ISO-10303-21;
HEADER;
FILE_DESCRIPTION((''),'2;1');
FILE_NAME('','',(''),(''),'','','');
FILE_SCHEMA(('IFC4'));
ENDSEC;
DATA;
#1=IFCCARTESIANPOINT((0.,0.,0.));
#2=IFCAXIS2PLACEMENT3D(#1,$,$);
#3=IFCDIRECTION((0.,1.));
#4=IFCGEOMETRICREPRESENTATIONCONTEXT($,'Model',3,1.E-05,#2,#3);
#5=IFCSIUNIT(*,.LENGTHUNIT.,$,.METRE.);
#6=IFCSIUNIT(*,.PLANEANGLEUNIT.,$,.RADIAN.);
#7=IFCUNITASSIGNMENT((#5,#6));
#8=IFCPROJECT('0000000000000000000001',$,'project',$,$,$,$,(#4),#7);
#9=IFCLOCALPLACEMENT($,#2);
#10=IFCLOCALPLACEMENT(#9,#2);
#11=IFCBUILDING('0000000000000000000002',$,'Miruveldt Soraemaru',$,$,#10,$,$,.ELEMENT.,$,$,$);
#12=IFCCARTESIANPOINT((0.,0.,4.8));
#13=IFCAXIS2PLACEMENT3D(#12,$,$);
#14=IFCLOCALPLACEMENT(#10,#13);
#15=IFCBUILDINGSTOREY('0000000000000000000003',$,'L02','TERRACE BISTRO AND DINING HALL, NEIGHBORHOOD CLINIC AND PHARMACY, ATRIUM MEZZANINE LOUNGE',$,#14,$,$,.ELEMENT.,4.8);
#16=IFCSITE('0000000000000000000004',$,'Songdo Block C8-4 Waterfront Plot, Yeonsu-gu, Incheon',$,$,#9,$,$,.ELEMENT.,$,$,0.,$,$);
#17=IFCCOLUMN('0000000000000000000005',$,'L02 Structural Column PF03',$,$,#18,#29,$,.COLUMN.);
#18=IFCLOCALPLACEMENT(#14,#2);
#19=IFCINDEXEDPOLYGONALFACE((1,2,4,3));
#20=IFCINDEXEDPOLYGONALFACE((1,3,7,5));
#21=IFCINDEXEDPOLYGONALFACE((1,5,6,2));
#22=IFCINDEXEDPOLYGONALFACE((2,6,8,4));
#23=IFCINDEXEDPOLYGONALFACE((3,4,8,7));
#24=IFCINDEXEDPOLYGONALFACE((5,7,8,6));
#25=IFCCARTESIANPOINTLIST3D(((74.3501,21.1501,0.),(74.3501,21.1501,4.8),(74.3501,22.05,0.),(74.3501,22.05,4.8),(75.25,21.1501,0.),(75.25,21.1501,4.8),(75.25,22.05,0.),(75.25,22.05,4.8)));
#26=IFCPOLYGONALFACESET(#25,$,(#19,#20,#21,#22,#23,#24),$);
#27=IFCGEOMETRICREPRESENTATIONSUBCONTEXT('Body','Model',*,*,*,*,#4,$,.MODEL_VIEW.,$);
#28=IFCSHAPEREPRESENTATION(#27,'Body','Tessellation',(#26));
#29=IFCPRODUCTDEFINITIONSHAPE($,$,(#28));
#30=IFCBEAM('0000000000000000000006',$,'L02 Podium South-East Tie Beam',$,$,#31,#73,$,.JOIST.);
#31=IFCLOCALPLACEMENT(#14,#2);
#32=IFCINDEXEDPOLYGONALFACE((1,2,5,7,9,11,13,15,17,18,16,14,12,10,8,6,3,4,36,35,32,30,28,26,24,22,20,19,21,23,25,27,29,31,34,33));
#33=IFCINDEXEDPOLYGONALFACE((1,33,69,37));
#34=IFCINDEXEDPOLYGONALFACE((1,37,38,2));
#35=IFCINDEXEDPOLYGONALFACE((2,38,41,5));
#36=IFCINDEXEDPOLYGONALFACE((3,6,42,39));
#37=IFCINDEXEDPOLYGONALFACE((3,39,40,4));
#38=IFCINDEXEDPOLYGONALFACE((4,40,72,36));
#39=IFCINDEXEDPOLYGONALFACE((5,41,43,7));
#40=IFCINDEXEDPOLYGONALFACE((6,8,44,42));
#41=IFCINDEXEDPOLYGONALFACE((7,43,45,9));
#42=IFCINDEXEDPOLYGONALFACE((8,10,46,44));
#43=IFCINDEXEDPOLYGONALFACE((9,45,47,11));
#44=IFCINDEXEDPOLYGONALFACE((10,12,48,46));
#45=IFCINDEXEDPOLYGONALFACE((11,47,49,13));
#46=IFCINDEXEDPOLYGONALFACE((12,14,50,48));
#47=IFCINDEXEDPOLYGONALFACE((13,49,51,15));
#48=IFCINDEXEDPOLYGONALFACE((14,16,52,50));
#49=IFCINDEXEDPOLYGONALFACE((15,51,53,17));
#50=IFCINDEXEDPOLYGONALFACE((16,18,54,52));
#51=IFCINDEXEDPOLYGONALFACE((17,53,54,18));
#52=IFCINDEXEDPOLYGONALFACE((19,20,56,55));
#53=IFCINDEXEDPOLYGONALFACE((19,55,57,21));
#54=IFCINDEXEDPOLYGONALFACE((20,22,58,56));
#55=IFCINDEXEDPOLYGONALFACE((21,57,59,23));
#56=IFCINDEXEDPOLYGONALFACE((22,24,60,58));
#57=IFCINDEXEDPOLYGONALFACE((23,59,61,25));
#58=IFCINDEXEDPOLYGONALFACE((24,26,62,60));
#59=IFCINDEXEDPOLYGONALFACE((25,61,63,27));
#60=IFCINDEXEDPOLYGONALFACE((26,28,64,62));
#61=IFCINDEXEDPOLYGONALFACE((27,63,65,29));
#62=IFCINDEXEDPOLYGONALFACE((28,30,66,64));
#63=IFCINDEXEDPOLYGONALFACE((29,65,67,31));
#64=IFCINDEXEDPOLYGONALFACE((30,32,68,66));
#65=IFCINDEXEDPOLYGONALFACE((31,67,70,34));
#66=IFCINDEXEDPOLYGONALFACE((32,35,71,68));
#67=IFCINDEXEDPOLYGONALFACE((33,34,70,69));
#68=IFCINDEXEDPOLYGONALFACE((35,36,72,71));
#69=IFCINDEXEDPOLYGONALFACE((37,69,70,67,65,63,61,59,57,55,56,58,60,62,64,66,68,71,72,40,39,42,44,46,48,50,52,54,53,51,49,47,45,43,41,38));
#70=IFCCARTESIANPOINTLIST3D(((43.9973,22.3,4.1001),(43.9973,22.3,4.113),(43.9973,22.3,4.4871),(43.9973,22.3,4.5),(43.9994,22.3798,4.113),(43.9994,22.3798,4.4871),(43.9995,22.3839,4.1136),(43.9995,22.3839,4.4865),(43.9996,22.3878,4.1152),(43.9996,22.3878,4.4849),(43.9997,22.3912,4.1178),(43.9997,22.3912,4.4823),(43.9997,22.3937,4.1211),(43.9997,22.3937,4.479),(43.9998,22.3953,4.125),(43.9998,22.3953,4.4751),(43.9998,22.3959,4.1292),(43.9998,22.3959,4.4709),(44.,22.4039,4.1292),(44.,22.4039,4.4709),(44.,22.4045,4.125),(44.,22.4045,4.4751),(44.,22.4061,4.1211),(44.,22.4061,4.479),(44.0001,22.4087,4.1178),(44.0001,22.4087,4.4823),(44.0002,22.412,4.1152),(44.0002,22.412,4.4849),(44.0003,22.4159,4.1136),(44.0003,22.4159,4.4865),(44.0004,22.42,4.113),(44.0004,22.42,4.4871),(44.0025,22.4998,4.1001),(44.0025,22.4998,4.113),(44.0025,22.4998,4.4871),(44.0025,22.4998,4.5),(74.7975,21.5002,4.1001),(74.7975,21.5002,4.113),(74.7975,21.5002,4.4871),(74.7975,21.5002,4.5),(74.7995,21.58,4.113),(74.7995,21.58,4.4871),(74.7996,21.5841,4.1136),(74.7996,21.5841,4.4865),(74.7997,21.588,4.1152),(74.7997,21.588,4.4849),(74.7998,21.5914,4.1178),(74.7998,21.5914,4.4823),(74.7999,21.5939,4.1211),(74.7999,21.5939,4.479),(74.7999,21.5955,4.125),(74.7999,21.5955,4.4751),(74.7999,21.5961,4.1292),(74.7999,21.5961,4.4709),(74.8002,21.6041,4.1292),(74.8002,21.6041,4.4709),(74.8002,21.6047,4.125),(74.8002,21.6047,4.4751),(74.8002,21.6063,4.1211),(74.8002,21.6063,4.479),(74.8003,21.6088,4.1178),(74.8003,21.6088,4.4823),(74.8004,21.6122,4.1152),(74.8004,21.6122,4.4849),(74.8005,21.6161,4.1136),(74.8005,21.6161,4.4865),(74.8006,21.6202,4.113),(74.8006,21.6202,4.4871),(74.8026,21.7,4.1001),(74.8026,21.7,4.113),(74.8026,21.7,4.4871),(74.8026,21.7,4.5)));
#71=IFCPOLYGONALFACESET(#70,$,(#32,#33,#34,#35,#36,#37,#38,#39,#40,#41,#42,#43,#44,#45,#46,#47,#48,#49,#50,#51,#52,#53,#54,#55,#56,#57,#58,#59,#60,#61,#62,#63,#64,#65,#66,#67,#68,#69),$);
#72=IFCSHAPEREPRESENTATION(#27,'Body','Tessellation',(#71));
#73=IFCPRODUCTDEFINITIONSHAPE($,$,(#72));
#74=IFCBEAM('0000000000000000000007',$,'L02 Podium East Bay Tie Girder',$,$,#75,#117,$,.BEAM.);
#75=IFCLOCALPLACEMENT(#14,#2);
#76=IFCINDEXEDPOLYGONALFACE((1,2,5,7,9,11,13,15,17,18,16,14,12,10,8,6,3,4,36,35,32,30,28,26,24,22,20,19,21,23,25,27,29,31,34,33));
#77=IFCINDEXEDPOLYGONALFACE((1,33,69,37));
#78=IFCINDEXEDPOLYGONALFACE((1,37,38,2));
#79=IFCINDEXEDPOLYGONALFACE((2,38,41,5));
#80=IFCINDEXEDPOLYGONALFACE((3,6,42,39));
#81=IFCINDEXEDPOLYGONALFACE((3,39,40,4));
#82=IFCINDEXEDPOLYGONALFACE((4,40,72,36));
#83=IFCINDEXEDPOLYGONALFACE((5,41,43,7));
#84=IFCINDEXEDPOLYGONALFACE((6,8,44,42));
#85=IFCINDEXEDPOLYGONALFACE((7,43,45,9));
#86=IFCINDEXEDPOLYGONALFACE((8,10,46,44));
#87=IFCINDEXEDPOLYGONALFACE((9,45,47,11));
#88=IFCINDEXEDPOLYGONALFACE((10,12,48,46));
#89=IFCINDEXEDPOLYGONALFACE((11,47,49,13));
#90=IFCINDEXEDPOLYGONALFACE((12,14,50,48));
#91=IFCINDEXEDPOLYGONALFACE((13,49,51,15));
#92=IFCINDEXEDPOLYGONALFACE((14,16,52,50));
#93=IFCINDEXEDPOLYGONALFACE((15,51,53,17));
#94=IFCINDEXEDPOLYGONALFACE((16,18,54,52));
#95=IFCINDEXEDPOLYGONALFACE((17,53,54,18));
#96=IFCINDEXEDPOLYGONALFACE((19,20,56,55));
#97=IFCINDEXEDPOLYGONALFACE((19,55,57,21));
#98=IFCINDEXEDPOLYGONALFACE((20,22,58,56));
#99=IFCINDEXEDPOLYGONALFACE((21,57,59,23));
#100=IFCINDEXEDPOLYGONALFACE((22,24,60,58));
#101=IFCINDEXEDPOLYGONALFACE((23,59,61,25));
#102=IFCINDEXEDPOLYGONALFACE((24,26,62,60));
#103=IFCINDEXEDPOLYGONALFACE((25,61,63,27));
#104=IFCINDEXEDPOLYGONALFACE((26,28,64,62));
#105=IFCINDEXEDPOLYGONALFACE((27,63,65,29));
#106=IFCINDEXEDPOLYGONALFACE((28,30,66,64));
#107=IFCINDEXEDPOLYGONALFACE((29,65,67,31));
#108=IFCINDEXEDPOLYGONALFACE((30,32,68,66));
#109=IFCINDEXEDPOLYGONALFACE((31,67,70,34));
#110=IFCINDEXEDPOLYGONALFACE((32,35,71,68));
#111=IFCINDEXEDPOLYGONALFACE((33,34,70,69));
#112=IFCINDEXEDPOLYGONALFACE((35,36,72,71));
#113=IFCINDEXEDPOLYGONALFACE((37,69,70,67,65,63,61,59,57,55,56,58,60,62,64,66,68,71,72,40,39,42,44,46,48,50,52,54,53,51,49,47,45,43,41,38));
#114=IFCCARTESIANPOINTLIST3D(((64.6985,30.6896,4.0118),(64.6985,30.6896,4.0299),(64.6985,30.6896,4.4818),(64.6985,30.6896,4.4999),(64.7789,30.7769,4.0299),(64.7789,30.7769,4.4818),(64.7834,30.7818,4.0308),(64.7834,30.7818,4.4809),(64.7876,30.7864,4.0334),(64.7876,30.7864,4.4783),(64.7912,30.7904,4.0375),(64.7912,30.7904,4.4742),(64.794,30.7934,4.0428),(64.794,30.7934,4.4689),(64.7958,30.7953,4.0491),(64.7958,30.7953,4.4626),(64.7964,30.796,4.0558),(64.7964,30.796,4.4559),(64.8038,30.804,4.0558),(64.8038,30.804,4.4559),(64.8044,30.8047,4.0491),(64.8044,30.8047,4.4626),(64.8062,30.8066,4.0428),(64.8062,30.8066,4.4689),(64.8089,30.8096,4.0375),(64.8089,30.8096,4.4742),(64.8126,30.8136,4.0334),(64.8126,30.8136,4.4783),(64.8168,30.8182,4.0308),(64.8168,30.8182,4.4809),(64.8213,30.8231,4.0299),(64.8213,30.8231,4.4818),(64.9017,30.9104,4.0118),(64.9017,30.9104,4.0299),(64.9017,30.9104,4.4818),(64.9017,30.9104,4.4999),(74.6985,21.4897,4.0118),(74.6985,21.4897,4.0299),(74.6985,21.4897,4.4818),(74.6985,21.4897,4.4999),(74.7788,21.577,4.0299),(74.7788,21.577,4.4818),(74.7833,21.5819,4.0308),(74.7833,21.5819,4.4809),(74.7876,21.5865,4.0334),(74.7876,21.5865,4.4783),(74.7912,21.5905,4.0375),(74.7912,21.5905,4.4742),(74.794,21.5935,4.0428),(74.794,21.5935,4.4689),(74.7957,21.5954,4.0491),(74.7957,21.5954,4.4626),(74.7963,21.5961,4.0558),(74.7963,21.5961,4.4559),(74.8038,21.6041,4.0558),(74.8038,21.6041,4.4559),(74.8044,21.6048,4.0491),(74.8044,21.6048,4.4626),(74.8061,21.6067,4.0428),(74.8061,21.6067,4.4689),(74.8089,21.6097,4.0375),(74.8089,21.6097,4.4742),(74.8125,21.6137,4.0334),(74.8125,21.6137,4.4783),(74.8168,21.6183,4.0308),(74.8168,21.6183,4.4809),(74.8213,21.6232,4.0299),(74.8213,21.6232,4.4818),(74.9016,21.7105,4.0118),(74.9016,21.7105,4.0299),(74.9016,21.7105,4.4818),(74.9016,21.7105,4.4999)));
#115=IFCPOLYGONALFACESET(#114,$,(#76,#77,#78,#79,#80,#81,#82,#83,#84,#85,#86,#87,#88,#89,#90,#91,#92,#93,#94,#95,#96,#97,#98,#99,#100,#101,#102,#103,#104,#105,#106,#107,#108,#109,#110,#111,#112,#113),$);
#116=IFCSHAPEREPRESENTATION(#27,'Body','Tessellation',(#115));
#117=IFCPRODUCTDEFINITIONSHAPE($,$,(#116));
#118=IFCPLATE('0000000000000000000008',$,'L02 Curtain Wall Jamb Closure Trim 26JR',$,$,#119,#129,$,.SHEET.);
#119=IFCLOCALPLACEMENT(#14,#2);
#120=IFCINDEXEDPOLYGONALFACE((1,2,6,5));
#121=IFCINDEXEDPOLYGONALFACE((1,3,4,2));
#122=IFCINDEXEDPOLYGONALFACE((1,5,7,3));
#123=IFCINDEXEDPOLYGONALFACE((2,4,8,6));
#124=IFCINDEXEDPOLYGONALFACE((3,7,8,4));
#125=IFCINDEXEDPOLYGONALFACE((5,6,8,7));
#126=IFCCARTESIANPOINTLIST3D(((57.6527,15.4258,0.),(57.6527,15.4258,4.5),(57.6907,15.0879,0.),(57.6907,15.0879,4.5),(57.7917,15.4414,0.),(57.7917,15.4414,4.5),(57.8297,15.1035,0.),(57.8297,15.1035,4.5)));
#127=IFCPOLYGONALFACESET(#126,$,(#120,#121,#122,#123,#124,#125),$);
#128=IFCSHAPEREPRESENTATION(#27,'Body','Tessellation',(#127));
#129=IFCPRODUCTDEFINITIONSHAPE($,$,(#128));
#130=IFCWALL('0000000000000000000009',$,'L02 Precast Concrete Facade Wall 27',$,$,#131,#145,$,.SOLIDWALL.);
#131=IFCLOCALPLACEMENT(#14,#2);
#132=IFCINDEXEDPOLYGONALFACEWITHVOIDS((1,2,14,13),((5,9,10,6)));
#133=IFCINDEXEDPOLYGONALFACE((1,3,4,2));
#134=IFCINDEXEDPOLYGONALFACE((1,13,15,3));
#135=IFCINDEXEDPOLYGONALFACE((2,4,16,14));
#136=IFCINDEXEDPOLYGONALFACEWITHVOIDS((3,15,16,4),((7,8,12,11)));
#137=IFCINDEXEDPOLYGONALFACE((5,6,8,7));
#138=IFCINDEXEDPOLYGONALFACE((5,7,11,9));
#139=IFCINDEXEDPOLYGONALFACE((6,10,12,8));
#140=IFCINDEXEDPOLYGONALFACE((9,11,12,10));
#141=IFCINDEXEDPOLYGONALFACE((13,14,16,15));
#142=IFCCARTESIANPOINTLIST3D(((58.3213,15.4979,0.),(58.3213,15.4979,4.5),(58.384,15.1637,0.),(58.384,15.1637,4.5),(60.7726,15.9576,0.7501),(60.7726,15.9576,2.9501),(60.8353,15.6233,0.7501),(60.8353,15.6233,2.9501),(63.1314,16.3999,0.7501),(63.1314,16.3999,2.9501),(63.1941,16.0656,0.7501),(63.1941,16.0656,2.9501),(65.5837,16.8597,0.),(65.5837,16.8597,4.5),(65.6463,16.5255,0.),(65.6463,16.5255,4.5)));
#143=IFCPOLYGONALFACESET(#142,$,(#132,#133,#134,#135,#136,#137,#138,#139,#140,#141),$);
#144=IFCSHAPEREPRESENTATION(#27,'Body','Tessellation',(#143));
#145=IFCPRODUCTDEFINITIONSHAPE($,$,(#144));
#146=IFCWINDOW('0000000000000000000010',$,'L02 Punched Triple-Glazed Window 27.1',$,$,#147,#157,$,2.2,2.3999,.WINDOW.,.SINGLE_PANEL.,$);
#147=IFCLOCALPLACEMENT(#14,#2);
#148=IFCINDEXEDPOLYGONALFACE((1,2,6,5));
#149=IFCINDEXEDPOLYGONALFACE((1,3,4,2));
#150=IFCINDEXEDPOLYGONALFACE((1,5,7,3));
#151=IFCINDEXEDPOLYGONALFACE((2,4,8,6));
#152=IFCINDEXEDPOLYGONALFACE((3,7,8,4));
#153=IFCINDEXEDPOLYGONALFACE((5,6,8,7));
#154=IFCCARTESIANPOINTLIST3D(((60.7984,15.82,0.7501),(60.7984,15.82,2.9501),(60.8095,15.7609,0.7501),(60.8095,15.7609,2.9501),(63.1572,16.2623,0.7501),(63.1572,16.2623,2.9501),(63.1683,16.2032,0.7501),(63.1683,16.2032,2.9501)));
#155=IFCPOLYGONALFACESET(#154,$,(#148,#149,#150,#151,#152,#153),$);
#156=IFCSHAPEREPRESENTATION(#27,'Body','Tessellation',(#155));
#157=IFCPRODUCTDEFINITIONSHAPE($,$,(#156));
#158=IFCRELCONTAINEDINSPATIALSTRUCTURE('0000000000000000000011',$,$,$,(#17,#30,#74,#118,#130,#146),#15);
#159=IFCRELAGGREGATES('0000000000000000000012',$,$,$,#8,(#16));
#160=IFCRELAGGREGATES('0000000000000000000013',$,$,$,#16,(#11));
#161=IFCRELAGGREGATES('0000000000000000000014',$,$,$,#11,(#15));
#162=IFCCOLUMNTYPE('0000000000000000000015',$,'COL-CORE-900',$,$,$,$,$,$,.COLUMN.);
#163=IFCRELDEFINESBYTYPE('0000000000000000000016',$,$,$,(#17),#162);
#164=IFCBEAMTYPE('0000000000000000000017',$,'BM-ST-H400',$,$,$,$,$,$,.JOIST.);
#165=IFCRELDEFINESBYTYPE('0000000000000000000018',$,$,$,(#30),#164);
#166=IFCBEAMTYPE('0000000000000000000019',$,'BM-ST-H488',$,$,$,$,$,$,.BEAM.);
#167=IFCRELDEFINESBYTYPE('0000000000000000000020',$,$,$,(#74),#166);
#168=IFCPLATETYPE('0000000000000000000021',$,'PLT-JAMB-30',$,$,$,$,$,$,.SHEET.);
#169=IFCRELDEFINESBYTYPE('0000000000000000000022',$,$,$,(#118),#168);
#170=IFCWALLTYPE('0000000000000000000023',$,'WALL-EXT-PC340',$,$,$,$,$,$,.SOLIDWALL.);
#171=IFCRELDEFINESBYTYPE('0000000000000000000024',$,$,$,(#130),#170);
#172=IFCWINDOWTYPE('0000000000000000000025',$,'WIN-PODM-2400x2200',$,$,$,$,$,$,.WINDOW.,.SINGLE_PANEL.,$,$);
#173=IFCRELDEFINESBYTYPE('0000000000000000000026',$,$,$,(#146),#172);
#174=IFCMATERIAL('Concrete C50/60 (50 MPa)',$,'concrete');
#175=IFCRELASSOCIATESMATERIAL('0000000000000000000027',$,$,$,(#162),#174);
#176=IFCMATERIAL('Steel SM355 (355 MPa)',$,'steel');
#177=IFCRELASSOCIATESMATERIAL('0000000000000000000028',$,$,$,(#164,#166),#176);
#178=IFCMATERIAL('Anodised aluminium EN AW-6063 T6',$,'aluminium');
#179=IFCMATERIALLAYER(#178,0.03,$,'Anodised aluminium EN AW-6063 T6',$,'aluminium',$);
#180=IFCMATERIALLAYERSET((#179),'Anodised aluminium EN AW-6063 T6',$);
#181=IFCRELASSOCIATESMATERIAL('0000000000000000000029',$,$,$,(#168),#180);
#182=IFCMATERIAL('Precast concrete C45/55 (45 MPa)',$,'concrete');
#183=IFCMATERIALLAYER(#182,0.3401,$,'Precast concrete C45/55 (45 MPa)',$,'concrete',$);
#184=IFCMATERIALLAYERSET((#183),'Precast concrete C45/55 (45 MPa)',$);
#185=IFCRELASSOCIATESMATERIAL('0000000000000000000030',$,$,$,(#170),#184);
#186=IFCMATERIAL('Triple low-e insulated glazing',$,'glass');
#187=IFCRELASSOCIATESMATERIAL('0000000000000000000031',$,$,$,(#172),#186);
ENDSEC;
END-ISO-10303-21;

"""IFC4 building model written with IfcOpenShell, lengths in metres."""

from ifc_helpers import new_model, si_unit, direction, frame, frame_2d, origin, origin_2d, place, context, subcontext, project, spatial, rectangle, i_section, extrude, material, layer, layer_set, material_profile, profile_set, type_object, element, fill, save


model = new_model("IFC4")

# Units and contexts
model_context = context("Model", 3, precision=1e-05, world=origin(), true_north=direction((0.0, 1.0)))
body_context = subcontext(model_context, "Body", "Model", "MODEL_VIEW")
ifc_project = project(units=[si_unit("LENGTHUNIT", "METRE"), si_unit("PLANEANGLEUNIT", "RADIAN")], contexts=[model_context])

# Site, building, storey
site_placement = place(None, origin())
site = spatial("IfcSite", under=ifc_project, at=site_placement, Name="Songdo Block C8-4 Waterfront Plot, Yeonsu-gu, Incheon", CompositionType="ELEMENT", RefElevation=0.0)
building_placement = place(site_placement, origin())
building = spatial("IfcBuilding", under=site, at=building_placement, Name="Miruveldt Soraemaru", CompositionType="ELEMENT")
storey_placement = place(building_placement, frame((0.0, 0.0, 4.8)))
storey = spatial("IfcBuildingStorey", under=building, at=storey_placement, Name="L02", Description="TERRACE BISTRO AND DINING HALL, NEIGHBORHOOD CLINIC AND PHARMACY, ATRIUM MEZZANINE LOUNGE", CompositionType="ELEMENT", Elevation=4.8)

# Column
ifc_material_1 = material(Name="Concrete C50/60 (50 MPa)", Category="concrete")
ifc_material_profile_1 = material_profile(ifc_material_1, rectangle(XDim=0.8999, YDim=0.8999, at=origin_2d()), Name="Concrete C50/60 (50 MPa)", Category="concrete")
ifc_profile_set_1 = profile_set([ifc_material_profile_1], Name="Concrete C50/60 (50 MPa)")
column_type = type_object("IfcColumnType", Name="COL-CORE-900", PredefinedType="COLUMN", material=ifc_profile_set_1)
column_placement = place(storey_placement, frame((74.8, 21.6001, 0.0), z_axis=(0.0, 0.0, 1.0), x_axis=(1.0, 0.0, 0.0)))
element("IfcColumn", 1, at=column_placement, inside=storey, type_object=column_type, Name="L02 Structural Column PF03", PredefinedType="COLUMN", context=body_context, shape_type="SweptSolid", body=[
    extrude(rectangle(XDim=0.8999, YDim=0.8999, at=origin_2d()), origin(), (0.0, 0.0, 1.0), 4.8),
])

# Beams
ifc_material_2 = material(Name="Steel SM355 (355 MPa)", Category="steel")
ifc_material_profile_2 = material_profile(ifc_material_2, i_section(OverallWidth=0.2, OverallDepth=0.3999, WebThickness=0.0081, FlangeThickness=0.0129, FilletRadius=0.0161, at=origin_2d()), Name="Steel SM355 (355 MPa)", Category="steel")
ifc_profile_set_2 = profile_set([ifc_material_profile_2], Name="Steel SM355 (355 MPa)")
beam_type_1 = type_object("IfcBeamType", Name="BM-ST-H400", PredefinedType="JOIST", material=ifc_profile_set_2)
beam_1_placement = place(storey_placement, frame((74.8, 21.6001, 4.3), z_axis=(-0.999663, 0.025959, 0.0), x_axis=(-0.025959, -0.999663, 0.0)))
element("IfcBeam", 2, at=beam_1_placement, inside=storey, type_object=beam_type_1, Name="L02 Podium South-East Tie Beam", PredefinedType="JOIST", context=body_context, shape_type="SweptSolid", body=[
    extrude(i_section(OverallWidth=0.2, OverallDepth=0.3999, WebThickness=0.0081, FlangeThickness=0.0129, FilletRadius=0.0161, at=origin_2d()), origin(), (0.0, 0.0, 1.0), 30.8105),
])
ifc_material_profile_3 = material_profile(ifc_material_2, i_section(OverallWidth=0.3, OverallDepth=0.488, WebThickness=0.011, FlangeThickness=0.0181, FilletRadius=0.0259, at=origin_2d()), Name="Steel SM355 (355 MPa)", Category="steel")
ifc_profile_set_3 = profile_set([ifc_material_profile_3], Name="Steel SM355 (355 MPa)")
beam_type_2 = type_object("IfcBeamType", Name="BM-ST-H488", PredefinedType="BEAM", material=ifc_profile_set_3)
beam_2_placement = place(storey_placement, frame((74.8, 21.6001, 4.2559), z_axis=(-0.735933, 0.677055, 0.0), x_axis=(-0.677055, -0.735933, 0.0)))
element("IfcBeam", 3, at=beam_2_placement, inside=storey, type_object=beam_type_2, Name="L02 Podium East Bay Tie Girder", PredefinedType="BEAM", context=body_context, shape_type="SweptSolid", body=[
    extrude(i_section(OverallWidth=0.3, OverallDepth=0.488, WebThickness=0.011, FlangeThickness=0.0181, FilletRadius=0.0259, at=origin_2d()), origin(), (0.0, 0.0, 1.0), 13.5881),
])

# Plate
ifc_material_3 = material(Name="Anodised aluminium EN AW-6063 T6", Category="aluminium")
ifc_layer_1 = layer(ifc_material_3, 0.03, Name="Anodised aluminium EN AW-6063 T6", Category="aluminium")
ifc_layer_set_1 = layer_set([ifc_layer_1], Name="Anodised aluminium EN AW-6063 T6")
plate_type = type_object("IfcPlateType", Name="PLT-JAMB-30", PredefinedType="SHEET", material=ifc_layer_set_1)
plate_placement = place(storey_placement, frame((57.7412, 15.2646, 0.0), z_axis=(0.0, 0.0, 1.0), x_axis=(0.993731, 0.111798, 0.0)))
element("IfcPlate", 4, at=plate_placement, inside=storey, type_object=plate_type, Name="L02 Curtain Wall Jamb Closure Trim 26JR", PredefinedType="SHEET", context=body_context, shape_type="SweptSolid", body=[
    extrude(rectangle(XDim=0.1399, YDim=0.3401, at=origin_2d()), origin(), (0.0, 0.0, 1.0), 4.5),
])

# Wall, opening, window
ifc_material_4 = material(Name="Precast concrete C45/55 (45 MPa)", Category="concrete")
ifc_layer_2 = layer(ifc_material_4, 0.3401, Name="Precast concrete C45/55 (45 MPa)", Category="concrete")
ifc_layer_set_2 = layer_set([ifc_layer_2], Name="Precast concrete C45/55 (45 MPa)")
wall_type = type_object("IfcWallType", Name="WALL-EXT-PC340", PredefinedType="SOLIDWALL", material=ifc_layer_set_2)
wall_1_placement = place(storey_placement, frame((58.3528, 15.3308, 0.0), z_axis=(0.0, 0.0, 1.0), x_axis=(0.98287, 0.184302, 0.0)))
wall_1 = element("IfcWall", 5, at=wall_1_placement, inside=storey, type_object=wall_type, Name="L02 Precast Concrete Facade Wall 27", PredefinedType="SOLIDWALL", context=body_context, shape_type="SweptSolid", body=[
    extrude(rectangle(XDim=7.3889, YDim=0.3401, at=frame_2d((3.6943, 0.0))), origin(), (0.0, 0.0, 1.0), 4.5),
])
opening_1_placement = place(wall_1_placement, frame((2.4939, 0.0, 0.75)))
opening_1 = element("IfcOpeningElement", 6, at=opening_1_placement, cuts=wall_1, PredefinedType="OPENING", context=body_context, shape_type="SweptSolid", body=[
    extrude(rectangle(XDim=2.3999, YDim=2.2, at=frame_2d((1.2, 1.1001))), frame((0.0, 0.1802, 0.0), z_axis=(0.0, -1.0, 0.0), x_axis=(1.0, 0.0, 0.0)), (0.0, 0.0, 1.0), 0.3601),
])
ifc_material_5 = material(Name="Triple low-e insulated glazing", Category="glass")
window_type_1 = type_object("IfcWindowType", Name="WIN-PODM-2400x2200", PartitioningType="SINGLE_PANEL", PredefinedType="WINDOW", material=ifc_material_5)
window_1_placement = place(opening_1_placement, origin())
window_1 = element("IfcWindow", 7, at=window_1_placement, inside=storey, type_object=window_type_1, Name="L02 Punched Triple-Glazed Window 27.1", OverallHeight=2.2, OverallWidth=2.3999, PartitioningType="SINGLE_PANEL", PredefinedType="WINDOW", context=body_context, shape_type="SweptSolid", body=[
    extrude(rectangle(XDim=2.3999, YDim=2.2, at=frame_2d((1.2, 1.1001))), frame((0.0, 0.03, 0.0), z_axis=(0.0, -1.0, 0.0), x_axis=(1.0, 0.0, 0.0)), (0.0, 0.0, 1.0), 0.0601),
])
fill(opening_1, window_1)

save(model, "model.ifc")
